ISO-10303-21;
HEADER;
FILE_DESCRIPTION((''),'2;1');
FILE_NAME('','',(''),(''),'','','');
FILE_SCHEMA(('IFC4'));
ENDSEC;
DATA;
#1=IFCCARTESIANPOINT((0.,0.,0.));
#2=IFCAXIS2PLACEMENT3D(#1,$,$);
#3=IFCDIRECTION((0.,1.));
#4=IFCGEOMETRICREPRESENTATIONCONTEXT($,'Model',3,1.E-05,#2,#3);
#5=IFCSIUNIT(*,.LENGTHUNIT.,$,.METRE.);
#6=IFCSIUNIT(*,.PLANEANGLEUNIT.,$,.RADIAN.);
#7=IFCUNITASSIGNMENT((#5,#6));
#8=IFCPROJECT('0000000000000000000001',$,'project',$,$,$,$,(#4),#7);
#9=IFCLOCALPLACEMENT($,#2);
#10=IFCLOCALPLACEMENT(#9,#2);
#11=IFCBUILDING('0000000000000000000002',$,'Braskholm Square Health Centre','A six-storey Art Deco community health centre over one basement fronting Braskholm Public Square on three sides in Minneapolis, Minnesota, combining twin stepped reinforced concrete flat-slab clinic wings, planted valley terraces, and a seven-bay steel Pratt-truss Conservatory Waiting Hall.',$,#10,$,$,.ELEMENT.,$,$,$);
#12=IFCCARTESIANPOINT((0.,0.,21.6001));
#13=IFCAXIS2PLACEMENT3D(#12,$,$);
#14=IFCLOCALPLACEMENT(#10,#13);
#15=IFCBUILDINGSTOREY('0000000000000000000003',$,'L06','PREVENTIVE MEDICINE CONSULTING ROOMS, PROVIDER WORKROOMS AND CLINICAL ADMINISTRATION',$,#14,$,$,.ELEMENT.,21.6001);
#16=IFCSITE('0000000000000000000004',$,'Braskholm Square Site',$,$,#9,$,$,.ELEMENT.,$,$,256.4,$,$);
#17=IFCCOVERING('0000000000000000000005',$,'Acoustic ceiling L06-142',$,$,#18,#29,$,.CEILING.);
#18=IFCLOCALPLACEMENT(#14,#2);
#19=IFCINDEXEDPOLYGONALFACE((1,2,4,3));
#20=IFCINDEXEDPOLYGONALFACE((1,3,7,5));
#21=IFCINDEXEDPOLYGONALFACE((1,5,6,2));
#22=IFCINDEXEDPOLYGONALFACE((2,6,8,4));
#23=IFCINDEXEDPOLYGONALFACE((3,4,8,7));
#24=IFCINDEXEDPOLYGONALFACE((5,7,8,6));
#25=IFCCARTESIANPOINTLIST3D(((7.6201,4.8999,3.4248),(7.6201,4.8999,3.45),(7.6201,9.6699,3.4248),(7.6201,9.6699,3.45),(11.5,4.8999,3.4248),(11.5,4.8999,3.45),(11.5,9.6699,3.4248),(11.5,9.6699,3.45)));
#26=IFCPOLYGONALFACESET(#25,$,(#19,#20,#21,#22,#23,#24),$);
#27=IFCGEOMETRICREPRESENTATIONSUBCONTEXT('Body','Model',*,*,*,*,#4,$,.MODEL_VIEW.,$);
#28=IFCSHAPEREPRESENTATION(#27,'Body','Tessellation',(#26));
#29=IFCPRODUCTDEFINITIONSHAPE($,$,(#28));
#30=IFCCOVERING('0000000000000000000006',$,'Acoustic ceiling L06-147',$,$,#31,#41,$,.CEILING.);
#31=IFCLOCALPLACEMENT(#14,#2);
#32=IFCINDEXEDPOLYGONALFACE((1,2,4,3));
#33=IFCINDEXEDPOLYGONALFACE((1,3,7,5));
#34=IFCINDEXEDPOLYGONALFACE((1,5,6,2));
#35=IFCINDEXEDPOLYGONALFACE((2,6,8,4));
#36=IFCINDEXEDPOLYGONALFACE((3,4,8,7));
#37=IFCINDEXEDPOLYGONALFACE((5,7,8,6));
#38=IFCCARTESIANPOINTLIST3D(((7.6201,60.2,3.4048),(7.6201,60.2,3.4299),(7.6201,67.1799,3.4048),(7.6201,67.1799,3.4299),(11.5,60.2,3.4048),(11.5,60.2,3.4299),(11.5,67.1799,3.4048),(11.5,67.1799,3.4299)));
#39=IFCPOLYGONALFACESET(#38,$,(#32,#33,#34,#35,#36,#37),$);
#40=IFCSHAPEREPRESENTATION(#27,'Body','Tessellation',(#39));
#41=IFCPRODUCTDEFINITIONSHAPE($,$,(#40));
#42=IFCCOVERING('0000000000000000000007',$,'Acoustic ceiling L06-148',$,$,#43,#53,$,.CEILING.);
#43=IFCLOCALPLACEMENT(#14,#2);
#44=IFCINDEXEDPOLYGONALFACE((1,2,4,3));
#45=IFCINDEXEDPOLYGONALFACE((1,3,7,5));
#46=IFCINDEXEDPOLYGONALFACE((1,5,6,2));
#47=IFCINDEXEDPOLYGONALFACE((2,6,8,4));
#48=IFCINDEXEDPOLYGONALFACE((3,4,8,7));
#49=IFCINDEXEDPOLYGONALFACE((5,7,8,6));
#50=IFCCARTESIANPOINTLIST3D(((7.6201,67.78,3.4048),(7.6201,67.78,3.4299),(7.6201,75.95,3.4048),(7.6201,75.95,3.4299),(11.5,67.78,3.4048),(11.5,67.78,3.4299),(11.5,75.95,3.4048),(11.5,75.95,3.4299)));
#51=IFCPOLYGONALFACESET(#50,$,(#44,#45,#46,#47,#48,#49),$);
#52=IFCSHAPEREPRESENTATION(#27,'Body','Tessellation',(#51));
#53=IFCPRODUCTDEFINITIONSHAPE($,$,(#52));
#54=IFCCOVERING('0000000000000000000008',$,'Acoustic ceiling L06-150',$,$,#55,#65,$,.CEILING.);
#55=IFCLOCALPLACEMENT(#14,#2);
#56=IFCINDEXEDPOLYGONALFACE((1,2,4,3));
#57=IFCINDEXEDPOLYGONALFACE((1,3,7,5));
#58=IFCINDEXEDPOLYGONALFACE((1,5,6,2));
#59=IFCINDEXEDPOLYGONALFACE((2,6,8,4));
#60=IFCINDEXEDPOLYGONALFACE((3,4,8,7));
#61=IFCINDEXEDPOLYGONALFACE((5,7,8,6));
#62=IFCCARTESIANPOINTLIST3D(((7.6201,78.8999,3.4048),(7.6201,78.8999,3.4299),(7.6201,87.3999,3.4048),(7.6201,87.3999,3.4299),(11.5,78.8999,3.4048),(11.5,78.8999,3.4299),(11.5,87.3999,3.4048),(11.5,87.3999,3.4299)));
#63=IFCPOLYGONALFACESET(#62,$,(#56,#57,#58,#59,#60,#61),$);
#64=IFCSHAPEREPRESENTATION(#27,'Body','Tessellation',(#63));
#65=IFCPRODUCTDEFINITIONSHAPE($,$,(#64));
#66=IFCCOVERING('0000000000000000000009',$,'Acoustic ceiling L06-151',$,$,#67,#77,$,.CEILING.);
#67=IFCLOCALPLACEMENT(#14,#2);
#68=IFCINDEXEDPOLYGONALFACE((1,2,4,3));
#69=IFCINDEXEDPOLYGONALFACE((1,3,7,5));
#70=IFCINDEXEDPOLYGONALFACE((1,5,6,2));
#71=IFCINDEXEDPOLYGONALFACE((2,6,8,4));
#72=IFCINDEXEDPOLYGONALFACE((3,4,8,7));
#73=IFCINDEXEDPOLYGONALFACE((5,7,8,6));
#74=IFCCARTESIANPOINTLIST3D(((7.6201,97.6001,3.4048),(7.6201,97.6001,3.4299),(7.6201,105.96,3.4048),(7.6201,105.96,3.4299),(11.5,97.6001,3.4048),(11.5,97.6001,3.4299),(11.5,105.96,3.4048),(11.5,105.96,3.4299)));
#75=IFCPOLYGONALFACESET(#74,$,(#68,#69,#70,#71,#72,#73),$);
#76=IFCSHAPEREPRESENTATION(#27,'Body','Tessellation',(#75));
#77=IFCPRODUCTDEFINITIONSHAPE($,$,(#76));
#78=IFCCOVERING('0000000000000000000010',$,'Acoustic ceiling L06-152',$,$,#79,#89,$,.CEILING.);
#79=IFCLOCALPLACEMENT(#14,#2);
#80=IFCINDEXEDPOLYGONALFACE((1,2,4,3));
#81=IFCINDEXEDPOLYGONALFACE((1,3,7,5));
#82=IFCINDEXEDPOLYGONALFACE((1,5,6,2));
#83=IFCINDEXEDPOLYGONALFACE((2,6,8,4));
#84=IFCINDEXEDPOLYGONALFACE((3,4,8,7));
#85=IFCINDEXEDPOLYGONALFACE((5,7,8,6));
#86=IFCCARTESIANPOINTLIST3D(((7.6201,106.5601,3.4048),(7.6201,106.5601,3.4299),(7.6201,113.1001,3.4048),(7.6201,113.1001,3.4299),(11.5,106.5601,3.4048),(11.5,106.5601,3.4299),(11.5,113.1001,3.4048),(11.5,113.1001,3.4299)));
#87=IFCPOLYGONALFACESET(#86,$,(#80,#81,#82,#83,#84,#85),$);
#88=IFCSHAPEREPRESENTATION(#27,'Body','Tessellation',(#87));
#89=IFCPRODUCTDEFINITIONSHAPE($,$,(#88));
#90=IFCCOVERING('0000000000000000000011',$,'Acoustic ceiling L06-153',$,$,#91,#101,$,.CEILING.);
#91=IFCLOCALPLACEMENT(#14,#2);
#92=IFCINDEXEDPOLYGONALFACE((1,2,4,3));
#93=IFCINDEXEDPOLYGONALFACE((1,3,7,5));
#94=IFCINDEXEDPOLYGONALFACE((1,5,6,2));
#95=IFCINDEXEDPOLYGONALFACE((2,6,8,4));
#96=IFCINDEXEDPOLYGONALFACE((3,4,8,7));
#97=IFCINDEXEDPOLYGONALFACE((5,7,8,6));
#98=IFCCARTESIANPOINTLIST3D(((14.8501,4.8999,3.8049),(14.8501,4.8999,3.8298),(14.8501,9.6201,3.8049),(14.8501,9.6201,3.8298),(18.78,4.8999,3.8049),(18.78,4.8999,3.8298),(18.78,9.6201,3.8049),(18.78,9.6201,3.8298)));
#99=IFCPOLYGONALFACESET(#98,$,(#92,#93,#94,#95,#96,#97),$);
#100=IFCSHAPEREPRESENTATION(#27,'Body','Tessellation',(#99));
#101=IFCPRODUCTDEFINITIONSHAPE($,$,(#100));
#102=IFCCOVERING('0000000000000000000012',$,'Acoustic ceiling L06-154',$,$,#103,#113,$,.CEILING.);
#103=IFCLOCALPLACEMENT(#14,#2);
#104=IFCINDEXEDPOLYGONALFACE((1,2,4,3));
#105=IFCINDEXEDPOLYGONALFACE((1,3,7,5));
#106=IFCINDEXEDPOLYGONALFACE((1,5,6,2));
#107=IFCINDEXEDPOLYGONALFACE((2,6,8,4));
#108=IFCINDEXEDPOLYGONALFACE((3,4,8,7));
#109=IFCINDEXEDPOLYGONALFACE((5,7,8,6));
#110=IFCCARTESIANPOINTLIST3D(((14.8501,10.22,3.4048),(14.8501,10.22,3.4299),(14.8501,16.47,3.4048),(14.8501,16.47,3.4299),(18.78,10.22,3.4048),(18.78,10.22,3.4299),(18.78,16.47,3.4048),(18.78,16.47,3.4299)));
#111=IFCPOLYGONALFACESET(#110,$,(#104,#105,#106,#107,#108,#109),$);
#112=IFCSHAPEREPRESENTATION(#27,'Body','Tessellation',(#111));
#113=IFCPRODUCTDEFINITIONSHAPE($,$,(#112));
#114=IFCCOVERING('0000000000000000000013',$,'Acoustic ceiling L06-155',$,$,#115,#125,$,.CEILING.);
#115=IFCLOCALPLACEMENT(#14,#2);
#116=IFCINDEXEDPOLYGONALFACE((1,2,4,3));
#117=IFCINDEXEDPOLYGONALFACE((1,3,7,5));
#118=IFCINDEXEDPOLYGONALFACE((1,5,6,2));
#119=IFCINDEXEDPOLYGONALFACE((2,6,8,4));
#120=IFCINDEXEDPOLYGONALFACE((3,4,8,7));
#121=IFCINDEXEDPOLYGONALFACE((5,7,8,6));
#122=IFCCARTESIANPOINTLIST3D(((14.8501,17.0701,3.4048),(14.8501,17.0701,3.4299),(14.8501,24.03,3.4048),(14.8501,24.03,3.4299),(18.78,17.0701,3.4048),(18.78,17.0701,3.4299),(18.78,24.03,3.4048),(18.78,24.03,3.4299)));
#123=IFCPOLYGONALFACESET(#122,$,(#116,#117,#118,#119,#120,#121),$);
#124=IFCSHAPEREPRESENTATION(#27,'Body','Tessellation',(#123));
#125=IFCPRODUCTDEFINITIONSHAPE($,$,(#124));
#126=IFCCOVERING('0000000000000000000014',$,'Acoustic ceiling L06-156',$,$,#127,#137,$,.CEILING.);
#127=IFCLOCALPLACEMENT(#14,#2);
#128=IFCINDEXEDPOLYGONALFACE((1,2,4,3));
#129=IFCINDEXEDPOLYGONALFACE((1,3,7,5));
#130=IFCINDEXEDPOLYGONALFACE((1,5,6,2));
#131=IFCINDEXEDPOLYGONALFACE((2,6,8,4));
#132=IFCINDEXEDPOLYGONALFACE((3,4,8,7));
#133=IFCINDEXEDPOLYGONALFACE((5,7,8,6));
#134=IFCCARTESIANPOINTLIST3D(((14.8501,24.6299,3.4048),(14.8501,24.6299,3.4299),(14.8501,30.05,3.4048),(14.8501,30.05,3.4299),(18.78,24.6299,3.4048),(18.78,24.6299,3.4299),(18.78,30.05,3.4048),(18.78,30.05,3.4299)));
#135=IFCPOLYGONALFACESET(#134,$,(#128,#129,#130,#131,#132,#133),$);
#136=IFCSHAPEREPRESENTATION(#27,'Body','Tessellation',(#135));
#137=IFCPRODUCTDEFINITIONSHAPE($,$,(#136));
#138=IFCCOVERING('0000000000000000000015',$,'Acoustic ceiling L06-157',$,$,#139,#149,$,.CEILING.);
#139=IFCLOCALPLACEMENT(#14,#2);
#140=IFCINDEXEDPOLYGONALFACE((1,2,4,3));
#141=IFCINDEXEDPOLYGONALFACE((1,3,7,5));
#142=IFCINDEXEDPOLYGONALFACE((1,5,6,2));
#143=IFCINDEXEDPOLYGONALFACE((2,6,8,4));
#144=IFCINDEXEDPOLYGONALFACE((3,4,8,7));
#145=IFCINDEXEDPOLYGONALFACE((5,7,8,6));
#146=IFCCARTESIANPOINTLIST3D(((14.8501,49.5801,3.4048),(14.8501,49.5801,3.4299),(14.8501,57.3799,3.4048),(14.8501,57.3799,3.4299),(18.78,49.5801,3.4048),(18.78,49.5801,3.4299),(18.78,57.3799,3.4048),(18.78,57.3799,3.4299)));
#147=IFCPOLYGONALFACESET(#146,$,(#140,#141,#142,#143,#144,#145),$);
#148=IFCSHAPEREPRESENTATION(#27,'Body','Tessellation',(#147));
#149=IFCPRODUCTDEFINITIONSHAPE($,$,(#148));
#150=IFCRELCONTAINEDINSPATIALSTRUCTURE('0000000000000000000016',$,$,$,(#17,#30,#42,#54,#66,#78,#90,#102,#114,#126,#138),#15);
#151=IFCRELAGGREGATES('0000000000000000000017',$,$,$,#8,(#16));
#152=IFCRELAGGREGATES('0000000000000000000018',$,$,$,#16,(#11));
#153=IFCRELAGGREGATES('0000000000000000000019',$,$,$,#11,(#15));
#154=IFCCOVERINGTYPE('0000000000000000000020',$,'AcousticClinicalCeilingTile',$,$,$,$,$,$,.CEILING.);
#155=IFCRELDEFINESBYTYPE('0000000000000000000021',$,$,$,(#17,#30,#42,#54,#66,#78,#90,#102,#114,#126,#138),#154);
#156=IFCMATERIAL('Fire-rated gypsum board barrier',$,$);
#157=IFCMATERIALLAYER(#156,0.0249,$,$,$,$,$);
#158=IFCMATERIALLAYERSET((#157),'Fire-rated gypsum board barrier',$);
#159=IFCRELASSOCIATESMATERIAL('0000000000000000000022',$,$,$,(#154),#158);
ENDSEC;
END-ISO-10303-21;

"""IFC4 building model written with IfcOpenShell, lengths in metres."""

from ifc_helpers import new_model, si_unit, direction, frame, origin, place, context, subcontext, project, spatial, polyline, outline, extrude, material, layer, layer_set, type_object, element, save


model = new_model("IFC4")

# Units and contexts
model_context = context("Model", 3, precision=1e-05, world=origin(), true_north=direction((0.0, 1.0)))
body_context = subcontext(model_context, "Body", "Model", "MODEL_VIEW")
ifc_project = project(units=[si_unit("LENGTHUNIT", "METRE"), si_unit("PLANEANGLEUNIT", "RADIAN")], contexts=[model_context])

# Site, building, storey
site_placement = place(None, origin())
site = spatial("IfcSite", under=ifc_project, at=site_placement, Name="Braskholm Square Site", CompositionType="ELEMENT", RefElevation=256.4)
building_placement = place(site_placement, origin())
building = spatial("IfcBuilding", under=site, at=building_placement, Name="Braskholm Square Health Centre", Description="A six-storey Art Deco community health centre over one basement fronting Braskholm Public Square on three sides in Minneapolis, Minnesota, combining twin stepped reinforced concrete flat-slab clinic wings, planted valley terraces, and a seven-bay steel Pratt-truss Conservatory Waiting Hall.", CompositionType="ELEMENT")
storey_placement = place(building_placement, frame((0.0, 0.0, 21.6001)))
storey = spatial("IfcBuildingStorey", under=building, at=storey_placement, Name="L06", Description="PREVENTIVE MEDICINE CONSULTING ROOMS, PROVIDER WORKROOMS AND CLINICAL ADMINISTRATION", CompositionType="ELEMENT", Elevation=21.6001)

# Coverings
ifc_material = material(Name="Fire-rated gypsum board barrier")
ifc_layer = layer(ifc_material, 0.0249)
ifc_layer_set = layer_set([ifc_layer], Name="Fire-rated gypsum board barrier")
covering_type = type_object("IfcCoveringType", Name="AcousticClinicalCeilingTile", PredefinedType="CEILING", material=ifc_layer_set)
covering_1_placement = place(storey_placement, frame((0.0, 0.0, 3.4248)))
element("IfcCovering", 1, at=covering_1_placement, inside=storey, type_object=covering_type, Name="Acoustic ceiling L06-142", PredefinedType="CEILING", context=body_context, shape_type="SweptSolid", body=[
    extrude(outline(polyline([(7.6201, 4.8999), (11.5, 4.8999), (11.5, 9.6699), (7.6201, 9.6699), (7.6201, 4.8999)])), origin(), (0.0, 0.0, 1.0), 0.0251),
])
covering_2_placement = place(storey_placement, frame((0.0, 0.0, 3.4048)))
element("IfcCovering", 2, at=covering_2_placement, inside=storey, type_object=covering_type, Name="Acoustic ceiling L06-147", PredefinedType="CEILING", context=body_context, shape_type="SweptSolid", body=[
    extrude(outline(polyline([(7.6201, 60.2), (11.5, 60.2), (11.5, 67.1799), (7.6201, 67.1799), (7.6201, 60.2)])), origin(), (0.0, 0.0, 1.0), 0.0251),
])
covering_3_placement = place(storey_placement, frame((0.0, 0.0, 3.4048)))
element("IfcCovering", 3, at=covering_3_placement, inside=storey, type_object=covering_type, Name="Acoustic ceiling L06-148", PredefinedType="CEILING", context=body_context, shape_type="SweptSolid", body=[
    extrude(outline(polyline([(7.6201, 67.78), (11.5, 67.78), (11.5, 75.95), (7.6201, 75.95), (7.6201, 67.78)])), origin(), (0.0, 0.0, 1.0), 0.0251),
])
covering_4_placement = place(storey_placement, frame((0.0, 0.0, 3.4048)))
element("IfcCovering", 4, at=covering_4_placement, inside=storey, type_object=covering_type, Name="Acoustic ceiling L06-150", PredefinedType="CEILING", context=body_context, shape_type="SweptSolid", body=[
    extrude(outline(polyline([(7.6201, 78.8999), (11.5, 78.8999), (11.5, 87.3999), (7.6201, 87.3999), (7.6201, 78.8999)])), origin(), (0.0, 0.0, 1.0), 0.0251),
])
covering_5_placement = place(storey_placement, frame((0.0, 0.0, 3.4048)))
element("IfcCovering", 5, at=covering_5_placement, inside=storey, type_object=covering_type, Name="Acoustic ceiling L06-151", PredefinedType="CEILING", context=body_context, shape_type="SweptSolid", body=[
    extrude(outline(polyline([(7.6201, 97.6001), (11.5, 97.6001), (11.5, 105.96), (7.6201, 105.96), (7.6201, 97.6001)])), origin(), (0.0, 0.0, 1.0), 0.0251),
])
covering_6_placement = place(storey_placement, frame((0.0, 0.0, 3.4048)))
element("IfcCovering", 6, at=covering_6_placement, inside=storey, type_object=covering_type, Name="Acoustic ceiling L06-152", PredefinedType="CEILING", context=body_context, shape_type="SweptSolid", body=[
    extrude(outline(polyline([(7.6201, 106.5601), (11.5, 106.5601), (11.5, 113.1001), (7.6201, 113.1001), (7.6201, 106.5601)])), origin(), (0.0, 0.0, 1.0), 0.0251),
])
covering_7_placement = place(storey_placement, frame((0.0, 0.0, 3.8049)))
element("IfcCovering", 7, at=covering_7_placement, inside=storey, type_object=covering_type, Name="Acoustic ceiling L06-153", PredefinedType="CEILING", context=body_context, shape_type="SweptSolid", body=[
    extrude(outline(polyline([(14.8501, 4.8999), (18.78, 4.8999), (18.78, 9.6201), (14.8501, 9.6201), (14.8501, 4.8999)])), origin(), (0.0, 0.0, 1.0), 0.0249),
])
covering_8_placement = place(storey_placement, frame((0.0, 0.0, 3.4048)))
element("IfcCovering", 8, at=covering_8_placement, inside=storey, type_object=covering_type, Name="Acoustic ceiling L06-154", PredefinedType="CEILING", context=body_context, shape_type="SweptSolid", body=[
    extrude(outline(polyline([(14.8501, 10.22), (18.78, 10.22), (18.78, 16.47), (14.8501, 16.47), (14.8501, 10.22)])), origin(), (0.0, 0.0, 1.0), 0.0251),
])
covering_9_placement = place(storey_placement, frame((0.0, 0.0, 3.4048)))
element("IfcCovering", 9, at=covering_9_placement, inside=storey, type_object=covering_type, Name="Acoustic ceiling L06-155", PredefinedType="CEILING", context=body_context, shape_type="SweptSolid", body=[
    extrude(outline(polyline([(14.8501, 17.0701), (18.78, 17.0701), (18.78, 24.03), (14.8501, 24.03), (14.8501, 17.0701)])), origin(), (0.0, 0.0, 1.0), 0.0251),
])
covering_10_placement = place(storey_placement, frame((0.0, 0.0, 3.4048)))
element("IfcCovering", 10, at=covering_10_placement, inside=storey, type_object=covering_type, Name="Acoustic ceiling L06-156", PredefinedType="CEILING", context=body_context, shape_type="SweptSolid", body=[
    extrude(outline(polyline([(14.8501, 24.6299), (18.78, 24.6299), (18.78, 30.05), (14.8501, 30.05), (14.8501, 24.6299)])), origin(), (0.0, 0.0, 1.0), 0.0251),
])
covering_11_placement = place(storey_placement, frame((0.0, 0.0, 3.4048)))
element("IfcCovering", 11, at=covering_11_placement, inside=storey, type_object=covering_type, Name="Acoustic ceiling L06-157", PredefinedType="CEILING", context=body_context, shape_type="SweptSolid", body=[
    extrude(outline(polyline([(14.8501, 49.5801), (18.78, 49.5801), (18.78, 57.3799), (14.8501, 57.3799), (14.8501, 49.5801)])), origin(), (0.0, 0.0, 1.0), 0.0251),
])

save(model, "model.ifc")
